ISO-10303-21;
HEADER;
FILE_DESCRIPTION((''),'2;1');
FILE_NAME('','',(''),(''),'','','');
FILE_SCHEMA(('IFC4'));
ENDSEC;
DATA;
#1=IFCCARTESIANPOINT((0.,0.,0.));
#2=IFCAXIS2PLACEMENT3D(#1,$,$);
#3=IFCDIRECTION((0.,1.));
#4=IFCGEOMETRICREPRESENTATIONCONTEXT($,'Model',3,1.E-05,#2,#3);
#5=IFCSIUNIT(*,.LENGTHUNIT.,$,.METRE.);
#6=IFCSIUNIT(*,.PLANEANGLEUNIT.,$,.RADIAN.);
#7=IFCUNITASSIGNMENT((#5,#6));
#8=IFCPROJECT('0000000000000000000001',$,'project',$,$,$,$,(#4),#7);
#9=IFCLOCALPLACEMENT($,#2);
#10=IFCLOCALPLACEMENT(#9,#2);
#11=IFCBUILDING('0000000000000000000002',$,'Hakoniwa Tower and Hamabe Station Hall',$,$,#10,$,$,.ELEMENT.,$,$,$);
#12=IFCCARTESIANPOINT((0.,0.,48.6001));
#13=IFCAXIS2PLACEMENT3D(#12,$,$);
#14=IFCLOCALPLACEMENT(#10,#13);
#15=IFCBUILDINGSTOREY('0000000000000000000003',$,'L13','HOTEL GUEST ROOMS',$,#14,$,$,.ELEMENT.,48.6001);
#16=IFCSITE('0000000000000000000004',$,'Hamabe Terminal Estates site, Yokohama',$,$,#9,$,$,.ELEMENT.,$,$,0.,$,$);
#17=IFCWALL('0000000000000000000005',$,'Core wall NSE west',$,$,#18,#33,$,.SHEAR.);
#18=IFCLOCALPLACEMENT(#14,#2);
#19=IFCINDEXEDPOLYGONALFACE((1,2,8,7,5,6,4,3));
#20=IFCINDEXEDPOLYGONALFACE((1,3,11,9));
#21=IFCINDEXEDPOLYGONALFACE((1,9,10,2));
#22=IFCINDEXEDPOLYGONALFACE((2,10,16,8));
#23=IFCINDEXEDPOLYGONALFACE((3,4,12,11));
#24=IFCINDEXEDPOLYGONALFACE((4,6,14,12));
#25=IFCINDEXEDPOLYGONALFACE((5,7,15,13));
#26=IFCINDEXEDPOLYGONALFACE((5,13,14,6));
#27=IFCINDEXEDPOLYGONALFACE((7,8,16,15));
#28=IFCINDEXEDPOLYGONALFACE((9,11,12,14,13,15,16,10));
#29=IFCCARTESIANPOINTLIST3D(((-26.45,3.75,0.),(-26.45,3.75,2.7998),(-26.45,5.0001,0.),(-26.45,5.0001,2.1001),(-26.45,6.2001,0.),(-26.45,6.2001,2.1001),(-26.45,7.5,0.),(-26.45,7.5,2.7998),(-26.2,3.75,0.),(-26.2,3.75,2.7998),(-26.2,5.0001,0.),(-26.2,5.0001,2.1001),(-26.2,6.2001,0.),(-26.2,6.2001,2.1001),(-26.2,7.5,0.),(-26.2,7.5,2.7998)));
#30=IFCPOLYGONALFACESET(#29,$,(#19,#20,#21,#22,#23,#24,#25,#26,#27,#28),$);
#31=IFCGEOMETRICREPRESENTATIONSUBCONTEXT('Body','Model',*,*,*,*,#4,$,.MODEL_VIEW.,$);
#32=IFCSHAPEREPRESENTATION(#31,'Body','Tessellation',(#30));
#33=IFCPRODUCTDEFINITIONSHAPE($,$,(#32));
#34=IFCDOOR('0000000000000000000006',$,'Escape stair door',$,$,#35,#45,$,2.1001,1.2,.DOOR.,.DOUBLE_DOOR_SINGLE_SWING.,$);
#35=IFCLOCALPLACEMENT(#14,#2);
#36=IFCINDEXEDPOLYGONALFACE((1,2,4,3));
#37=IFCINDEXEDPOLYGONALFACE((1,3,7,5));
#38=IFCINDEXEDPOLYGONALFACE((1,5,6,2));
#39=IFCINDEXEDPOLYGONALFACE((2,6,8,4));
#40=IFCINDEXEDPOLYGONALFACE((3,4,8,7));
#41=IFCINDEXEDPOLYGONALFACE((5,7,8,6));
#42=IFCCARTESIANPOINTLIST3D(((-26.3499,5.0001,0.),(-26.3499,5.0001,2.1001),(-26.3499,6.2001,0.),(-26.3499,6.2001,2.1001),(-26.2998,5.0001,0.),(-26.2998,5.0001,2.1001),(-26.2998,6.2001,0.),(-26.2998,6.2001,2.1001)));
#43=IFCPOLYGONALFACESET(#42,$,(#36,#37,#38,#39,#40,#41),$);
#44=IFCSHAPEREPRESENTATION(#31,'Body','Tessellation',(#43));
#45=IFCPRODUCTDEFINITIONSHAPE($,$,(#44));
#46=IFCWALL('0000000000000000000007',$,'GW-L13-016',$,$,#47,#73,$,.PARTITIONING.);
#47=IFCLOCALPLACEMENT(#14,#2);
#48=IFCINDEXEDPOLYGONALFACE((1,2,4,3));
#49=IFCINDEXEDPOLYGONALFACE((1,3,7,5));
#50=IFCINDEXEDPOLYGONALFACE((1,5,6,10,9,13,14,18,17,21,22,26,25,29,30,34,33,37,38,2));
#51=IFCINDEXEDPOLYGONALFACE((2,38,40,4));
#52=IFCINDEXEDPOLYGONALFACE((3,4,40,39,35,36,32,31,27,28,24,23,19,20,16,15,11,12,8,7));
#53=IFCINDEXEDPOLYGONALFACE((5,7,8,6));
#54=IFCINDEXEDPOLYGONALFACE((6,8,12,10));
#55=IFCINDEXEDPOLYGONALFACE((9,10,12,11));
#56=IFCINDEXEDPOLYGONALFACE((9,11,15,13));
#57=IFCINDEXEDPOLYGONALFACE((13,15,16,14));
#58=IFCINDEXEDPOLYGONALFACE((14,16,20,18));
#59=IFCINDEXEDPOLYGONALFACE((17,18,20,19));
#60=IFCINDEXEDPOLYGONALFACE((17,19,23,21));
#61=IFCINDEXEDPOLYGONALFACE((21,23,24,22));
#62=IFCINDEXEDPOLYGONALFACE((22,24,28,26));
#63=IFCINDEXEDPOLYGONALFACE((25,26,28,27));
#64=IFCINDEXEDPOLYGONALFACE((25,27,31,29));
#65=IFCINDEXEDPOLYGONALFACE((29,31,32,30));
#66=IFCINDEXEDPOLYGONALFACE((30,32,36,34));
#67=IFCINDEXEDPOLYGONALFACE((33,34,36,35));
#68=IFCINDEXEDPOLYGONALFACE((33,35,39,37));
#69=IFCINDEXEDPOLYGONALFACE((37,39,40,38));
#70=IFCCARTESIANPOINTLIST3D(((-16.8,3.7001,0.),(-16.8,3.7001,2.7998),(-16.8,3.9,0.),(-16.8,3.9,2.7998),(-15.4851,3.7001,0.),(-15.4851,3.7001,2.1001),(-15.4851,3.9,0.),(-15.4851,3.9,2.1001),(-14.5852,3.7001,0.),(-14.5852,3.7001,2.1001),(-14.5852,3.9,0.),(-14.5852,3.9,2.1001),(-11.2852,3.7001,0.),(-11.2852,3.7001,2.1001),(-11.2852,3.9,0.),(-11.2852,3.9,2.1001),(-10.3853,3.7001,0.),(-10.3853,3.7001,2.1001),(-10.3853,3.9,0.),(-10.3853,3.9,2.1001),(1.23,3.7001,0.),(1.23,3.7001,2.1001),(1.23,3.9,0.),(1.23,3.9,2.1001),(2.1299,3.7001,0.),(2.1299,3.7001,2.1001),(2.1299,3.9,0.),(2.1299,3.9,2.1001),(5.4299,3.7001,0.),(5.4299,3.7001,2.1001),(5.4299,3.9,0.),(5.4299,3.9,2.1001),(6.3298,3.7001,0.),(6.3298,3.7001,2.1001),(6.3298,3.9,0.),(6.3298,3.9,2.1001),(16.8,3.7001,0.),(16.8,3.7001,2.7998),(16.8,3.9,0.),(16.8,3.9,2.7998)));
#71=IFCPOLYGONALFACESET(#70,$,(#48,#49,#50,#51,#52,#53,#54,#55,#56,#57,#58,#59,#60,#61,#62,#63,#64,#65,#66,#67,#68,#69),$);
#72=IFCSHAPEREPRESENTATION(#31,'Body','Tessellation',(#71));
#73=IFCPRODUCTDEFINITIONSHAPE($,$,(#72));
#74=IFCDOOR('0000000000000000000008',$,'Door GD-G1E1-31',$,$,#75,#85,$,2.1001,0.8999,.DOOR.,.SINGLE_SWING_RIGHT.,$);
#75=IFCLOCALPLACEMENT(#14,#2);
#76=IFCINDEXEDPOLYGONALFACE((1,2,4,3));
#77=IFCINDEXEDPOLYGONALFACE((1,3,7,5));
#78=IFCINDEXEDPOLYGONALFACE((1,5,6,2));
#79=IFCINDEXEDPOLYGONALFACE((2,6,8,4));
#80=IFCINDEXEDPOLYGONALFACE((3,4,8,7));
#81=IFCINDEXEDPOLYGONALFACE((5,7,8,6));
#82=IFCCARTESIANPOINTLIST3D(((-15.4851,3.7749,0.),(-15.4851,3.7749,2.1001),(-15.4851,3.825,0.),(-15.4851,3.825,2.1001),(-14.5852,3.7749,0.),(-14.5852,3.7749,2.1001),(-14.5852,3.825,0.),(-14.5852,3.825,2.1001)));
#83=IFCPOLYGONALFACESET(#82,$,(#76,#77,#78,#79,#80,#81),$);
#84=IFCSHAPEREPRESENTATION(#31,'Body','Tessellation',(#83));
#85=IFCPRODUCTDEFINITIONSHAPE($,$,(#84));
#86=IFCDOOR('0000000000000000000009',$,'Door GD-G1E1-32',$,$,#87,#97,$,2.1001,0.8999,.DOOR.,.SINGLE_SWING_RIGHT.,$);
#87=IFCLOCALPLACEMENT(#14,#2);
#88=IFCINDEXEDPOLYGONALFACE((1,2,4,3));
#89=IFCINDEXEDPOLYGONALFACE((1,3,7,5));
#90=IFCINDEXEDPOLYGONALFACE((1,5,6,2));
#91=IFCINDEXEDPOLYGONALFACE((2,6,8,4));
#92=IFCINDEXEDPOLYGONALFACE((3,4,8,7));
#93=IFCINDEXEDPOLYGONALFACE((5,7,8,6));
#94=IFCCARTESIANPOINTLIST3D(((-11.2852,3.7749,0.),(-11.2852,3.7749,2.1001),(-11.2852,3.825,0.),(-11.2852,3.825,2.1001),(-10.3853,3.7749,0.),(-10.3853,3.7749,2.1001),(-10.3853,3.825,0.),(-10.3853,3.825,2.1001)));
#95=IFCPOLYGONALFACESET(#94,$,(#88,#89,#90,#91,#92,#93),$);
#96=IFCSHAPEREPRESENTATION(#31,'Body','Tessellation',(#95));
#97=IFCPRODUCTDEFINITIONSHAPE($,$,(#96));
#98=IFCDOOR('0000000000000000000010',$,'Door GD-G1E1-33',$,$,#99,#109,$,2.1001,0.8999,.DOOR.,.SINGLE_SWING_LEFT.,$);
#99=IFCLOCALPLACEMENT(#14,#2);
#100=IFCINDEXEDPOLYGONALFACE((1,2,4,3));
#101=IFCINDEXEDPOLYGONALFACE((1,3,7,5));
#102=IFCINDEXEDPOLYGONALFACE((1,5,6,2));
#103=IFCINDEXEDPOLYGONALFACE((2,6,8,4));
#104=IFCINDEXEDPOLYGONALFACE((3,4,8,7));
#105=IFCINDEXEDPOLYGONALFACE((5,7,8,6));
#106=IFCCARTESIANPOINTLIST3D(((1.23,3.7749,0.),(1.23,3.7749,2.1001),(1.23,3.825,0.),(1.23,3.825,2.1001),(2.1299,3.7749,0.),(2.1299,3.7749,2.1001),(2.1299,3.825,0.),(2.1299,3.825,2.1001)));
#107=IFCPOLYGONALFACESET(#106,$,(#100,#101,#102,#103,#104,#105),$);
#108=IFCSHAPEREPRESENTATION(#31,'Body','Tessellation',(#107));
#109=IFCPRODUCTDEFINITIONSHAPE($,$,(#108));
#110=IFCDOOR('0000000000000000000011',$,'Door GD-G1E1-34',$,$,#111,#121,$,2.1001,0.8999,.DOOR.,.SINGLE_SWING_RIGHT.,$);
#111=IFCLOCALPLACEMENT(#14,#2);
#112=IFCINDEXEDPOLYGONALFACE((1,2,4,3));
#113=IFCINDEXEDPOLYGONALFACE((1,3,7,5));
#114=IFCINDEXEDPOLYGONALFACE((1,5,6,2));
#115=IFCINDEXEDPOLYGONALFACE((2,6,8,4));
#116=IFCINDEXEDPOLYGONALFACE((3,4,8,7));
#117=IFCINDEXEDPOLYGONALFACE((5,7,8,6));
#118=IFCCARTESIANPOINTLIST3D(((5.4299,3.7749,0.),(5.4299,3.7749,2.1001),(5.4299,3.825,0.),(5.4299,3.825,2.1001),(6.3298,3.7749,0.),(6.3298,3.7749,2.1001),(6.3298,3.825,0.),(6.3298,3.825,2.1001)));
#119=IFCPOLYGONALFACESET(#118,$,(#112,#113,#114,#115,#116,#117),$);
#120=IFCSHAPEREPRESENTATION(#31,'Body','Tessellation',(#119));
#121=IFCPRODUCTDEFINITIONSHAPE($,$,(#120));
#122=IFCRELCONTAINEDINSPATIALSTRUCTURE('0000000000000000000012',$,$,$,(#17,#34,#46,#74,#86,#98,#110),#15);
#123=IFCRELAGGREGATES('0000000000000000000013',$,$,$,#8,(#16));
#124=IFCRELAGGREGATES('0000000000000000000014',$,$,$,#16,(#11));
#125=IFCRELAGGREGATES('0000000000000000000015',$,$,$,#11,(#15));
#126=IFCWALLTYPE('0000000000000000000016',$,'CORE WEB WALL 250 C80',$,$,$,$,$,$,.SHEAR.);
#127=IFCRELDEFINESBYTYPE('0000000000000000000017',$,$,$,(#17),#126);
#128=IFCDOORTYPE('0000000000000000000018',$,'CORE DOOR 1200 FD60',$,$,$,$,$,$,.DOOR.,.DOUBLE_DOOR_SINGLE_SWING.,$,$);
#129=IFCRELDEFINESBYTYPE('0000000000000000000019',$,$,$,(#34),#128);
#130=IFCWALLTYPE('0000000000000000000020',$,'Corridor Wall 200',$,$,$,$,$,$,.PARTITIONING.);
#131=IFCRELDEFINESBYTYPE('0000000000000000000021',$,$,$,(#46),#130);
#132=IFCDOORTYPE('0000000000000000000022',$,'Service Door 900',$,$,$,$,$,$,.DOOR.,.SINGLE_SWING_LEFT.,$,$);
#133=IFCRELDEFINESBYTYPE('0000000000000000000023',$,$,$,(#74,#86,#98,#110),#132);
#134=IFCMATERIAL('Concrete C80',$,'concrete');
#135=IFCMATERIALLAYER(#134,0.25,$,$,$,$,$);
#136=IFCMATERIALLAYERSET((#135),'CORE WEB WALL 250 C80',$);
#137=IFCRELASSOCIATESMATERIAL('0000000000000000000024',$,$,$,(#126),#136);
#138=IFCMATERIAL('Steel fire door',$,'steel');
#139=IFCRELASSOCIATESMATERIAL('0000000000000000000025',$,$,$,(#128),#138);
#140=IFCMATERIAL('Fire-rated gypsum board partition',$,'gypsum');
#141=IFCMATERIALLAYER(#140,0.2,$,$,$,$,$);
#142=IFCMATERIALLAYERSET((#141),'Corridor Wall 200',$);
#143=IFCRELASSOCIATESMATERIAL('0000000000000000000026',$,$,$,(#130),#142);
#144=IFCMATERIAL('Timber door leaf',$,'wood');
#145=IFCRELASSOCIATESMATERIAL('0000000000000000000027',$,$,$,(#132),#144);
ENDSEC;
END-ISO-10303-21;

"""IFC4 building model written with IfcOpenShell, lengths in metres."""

from ifc_helpers import new_model, si_unit, direction, frame, frame_2d, origin, place, context, subcontext, project, spatial, rectangle, extrude, material, layer, layer_set, type_object, element, fill, save


model = new_model("IFC4")

# Units and contexts
model_context = context("Model", 3, precision=1e-05, world=origin(), true_north=direction((0.0, 1.0)))
body_context = subcontext(model_context, "Body", "Model", "MODEL_VIEW")
ifc_project = project(units=[si_unit("LENGTHUNIT", "METRE"), si_unit("PLANEANGLEUNIT", "RADIAN")], contexts=[model_context])

# Site, building, storey
site_placement = place(None, origin())
site = spatial("IfcSite", under=ifc_project, at=site_placement, Name="Hamabe Terminal Estates site, Yokohama", CompositionType="ELEMENT", RefElevation=0.0)
building_placement = place(site_placement, origin())
building = spatial("IfcBuilding", under=site, at=building_placement, Name="Hakoniwa Tower and Hamabe Station Hall", CompositionType="ELEMENT")
storey_placement = place(building_placement, frame((0.0, 0.0, 48.6001)))
storey = spatial("IfcBuildingStorey", under=building, at=storey_placement, Name="L13", Description="HOTEL GUEST ROOMS", CompositionType="ELEMENT", Elevation=48.6001)

# Shared definitions
ifc_material_1 = material(Name="Concrete C80", Category="concrete")
ifc_layer_1 = layer(ifc_material_1, 0.25)
ifc_layer_set_1 = layer_set([ifc_layer_1], Name="CORE WEB WALL 250 C80")
wall_type_1 = type_object("IfcWallType", Name="CORE WEB WALL 250 C80", PredefinedType="SHEAR", material=ifc_layer_set_1)

# Wall, opening, door
wall_1_placement = place(storey_placement, frame((-26.325, 3.75, 0.0), z_axis=(0.0, 0.0, 1.0), x_axis=(0.0, 1.0, 0.0)))
wall_1 = element("IfcWall", 1, at=wall_1_placement, inside=storey, type_object=wall_type_1, Name="Core wall NSE west", PredefinedType="SHEAR", context=body_context, shape_type="SweptSolid", body=[
    extrude(rectangle(XDim=3.75, YDim=0.25, at=frame_2d((1.875, 0.0))), origin(), (0.0, 0.0, 1.0), 2.7998),
])
opening_1_placement = place(wall_1_placement, frame((1.25, 0.0, 0.0)))
opening_1 = element("IfcOpeningElement", 2, at=opening_1_placement, cuts=wall_1, PredefinedType="OPENING", context=body_context, shape_type="SweptSolid", body=[
    extrude(rectangle(XDim=1.2, YDim=2.1001, at=frame_2d((0.6001, 1.05))), frame((0.0, 0.135, 0.0), z_axis=(0.0, -1.0, 0.0), x_axis=(1.0, 0.0, 0.0)), (0.0, 0.0, 1.0), 0.27),
])
ifc_material_2 = material(Name="Steel fire door", Category="steel")
door_type_1 = type_object("IfcDoorType", Name="CORE DOOR 1200 FD60", OperationType="DOUBLE_DOOR_SINGLE_SWING", PredefinedType="DOOR", material=ifc_material_2)
door_1_placement = place(opening_1_placement, origin())
door_1 = element("IfcDoor", 3, at=door_1_placement, inside=storey, type_object=door_type_1, Name="Escape stair door", OperationType="DOUBLE_DOOR_SINGLE_SWING", OverallHeight=2.1001, OverallWidth=1.2, PredefinedType="DOOR", context=body_context, shape_type="SweptSolid", body=[
    extrude(rectangle(XDim=1.2, YDim=2.1001, at=frame_2d((0.6001, 1.05))), frame((0.0, 0.0249, 0.0), z_axis=(0.0, -1.0, 0.0), x_axis=(1.0, 0.0, 0.0)), (0.0, 0.0, 1.0), 0.05),
])
fill(opening_1, door_1)

# Wall, openings, doors
ifc_material_3 = material(Name="Fire-rated gypsum board partition", Category="gypsum")
ifc_layer_2 = layer(ifc_material_3, 0.2)
ifc_layer_set_2 = layer_set([ifc_layer_2], Name="Corridor Wall 200")
wall_type_2 = type_object("IfcWallType", Name="Corridor Wall 200", PredefinedType="PARTITIONING", material=ifc_layer_set_2)
wall_2_placement = place(storey_placement, frame((-16.8, 3.8, 0.0), z_axis=(0.0, 0.0, 1.0), x_axis=(1.0, 0.0, 0.0)))
wall_2 = element("IfcWall", 4, at=wall_2_placement, inside=storey, type_object=wall_type_2, Name="GW-L13-016", PredefinedType="PARTITIONING", context=body_context, shape_type="SweptSolid", body=[
    extrude(rectangle(XDim=33.6001, YDim=0.2, at=frame_2d((16.8, 0.0))), origin(), (0.0, 0.0, 1.0), 2.7998),
])
opening_2_placement = place(wall_2_placement, frame((1.3149, 0.0, 0.0)))
opening_2 = element("IfcOpeningElement", 5, at=opening_2_placement, cuts=wall_2, PredefinedType="OPENING", context=body_context, shape_type="SweptSolid", body=[
    extrude(rectangle(XDim=0.8999, YDim=2.1001, at=frame_2d((0.45, 1.05))), frame((0.0, 0.1099, 0.0), z_axis=(0.0, -1.0, 0.0), x_axis=(1.0, 0.0, 0.0)), (0.0, 0.0, 1.0), 0.22),
])
opening_3_placement = place(wall_2_placement, frame((5.5149, 0.0, 0.0)))
opening_3 = element("IfcOpeningElement", 6, at=opening_3_placement, cuts=wall_2, PredefinedType="OPENING", context=body_context, shape_type="SweptSolid", body=[
    extrude(rectangle(XDim=0.8999, YDim=2.1001, at=frame_2d((0.45, 1.05))), frame((0.0, 0.1099, 0.0), z_axis=(0.0, -1.0, 0.0), x_axis=(1.0, 0.0, 0.0)), (0.0, 0.0, 1.0), 0.22),
])
opening_4_placement = place(wall_2_placement, frame((18.03, 0.0, 0.0)))
opening_4 = element("IfcOpeningElement", 7, at=opening_4_placement, cuts=wall_2, PredefinedType="OPENING", context=body_context, shape_type="SweptSolid", body=[
    extrude(rectangle(XDim=0.8999, YDim=2.1001, at=frame_2d((0.45, 1.05))), frame((0.0, 0.1099, 0.0), z_axis=(0.0, -1.0, 0.0), x_axis=(1.0, 0.0, 0.0)), (0.0, 0.0, 1.0), 0.22),
])
opening_5_placement = place(wall_2_placement, frame((22.23, 0.0, 0.0)))
opening_5 = element("IfcOpeningElement", 8, at=opening_5_placement, cuts=wall_2, PredefinedType="OPENING", context=body_context, shape_type="SweptSolid", body=[
    extrude(rectangle(XDim=0.8999, YDim=2.1001, at=frame_2d((0.45, 1.05))), frame((0.0, 0.1099, 0.0), z_axis=(0.0, -1.0, 0.0), x_axis=(1.0, 0.0, 0.0)), (0.0, 0.0, 1.0), 0.22),
])
ifc_material_4 = material(Name="Timber door leaf", Category="wood")
door_type_2 = type_object("IfcDoorType", Name="Service Door 900", OperationType="SINGLE_SWING_LEFT", PredefinedType="DOOR", material=ifc_material_4)
door_2_placement = place(opening_2_placement, origin())
door_2 = element("IfcDoor", 9, at=door_2_placement, inside=storey, type_object=door_type_2, Name="Door GD-G1E1-31", OperationType="SINGLE_SWING_RIGHT", OverallHeight=2.1001, OverallWidth=0.8999, PredefinedType="DOOR", context=body_context, shape_type="SweptSolid", body=[
    extrude(rectangle(XDim=0.8999, YDim=2.1001, at=frame_2d((0.45, 1.05))), frame((0.0, 0.0249, 0.0), z_axis=(0.0, -1.0, 0.0), x_axis=(1.0, 0.0, 0.0)), (0.0, 0.0, 1.0), 0.05),
])
fill(opening_2, door_2)
door_3_placement = place(opening_3_placement, origin())
door_3 = element("IfcDoor", 10, at=door_3_placement, inside=storey, type_object=door_type_2, Name="Door GD-G1E1-32", OperationType="SINGLE_SWING_RIGHT", OverallHeight=2.1001, OverallWidth=0.8999, PredefinedType="DOOR", context=body_context, shape_type="SweptSolid", body=[
    extrude(rectangle(XDim=0.8999, YDim=2.1001, at=frame_2d((0.45, 1.05))), frame((0.0, 0.0249, 0.0), z_axis=(0.0, -1.0, 0.0), x_axis=(1.0, 0.0, 0.0)), (0.0, 0.0, 1.0), 0.05),
])
fill(opening_3, door_3)
door_4_placement = place(opening_4_placement, origin())
door_4 = element("IfcDoor", 11, at=door_4_placement, inside=storey, type_object=door_type_2, Name="Door GD-G1E1-33", OperationType="SINGLE_SWING_LEFT", OverallHeight=2.1001, OverallWidth=0.8999, PredefinedType="DOOR", context=body_context, shape_type="SweptSolid", body=[
    extrude(rectangle(XDim=0.8999, YDim=2.1001, at=frame_2d((0.45, 1.05))), frame((0.0, 0.0249, 0.0), z_axis=(0.0, -1.0, 0.0), x_axis=(1.0, 0.0, 0.0)), (0.0, 0.0, 1.0), 0.05),
])
fill(opening_4, door_4)
door_5_placement = place(opening_5_placement, origin())
door_5 = element("IfcDoor", 12, at=door_5_placement, inside=storey, type_object=door_type_2, Name="Door GD-G1E1-34", OperationType="SINGLE_SWING_RIGHT", OverallHeight=2.1001, OverallWidth=0.8999, PredefinedType="DOOR", context=body_context, shape_type="SweptSolid", body=[
    extrude(rectangle(XDim=0.8999, YDim=2.1001, at=frame_2d((0.45, 1.05))), frame((0.0, 0.0249, 0.0), z_axis=(0.0, -1.0, 0.0), x_axis=(1.0, 0.0, 0.0)), (0.0, 0.0, 1.0), 0.05),
])
fill(opening_5, door_5)

save(model, "model.ifc")
